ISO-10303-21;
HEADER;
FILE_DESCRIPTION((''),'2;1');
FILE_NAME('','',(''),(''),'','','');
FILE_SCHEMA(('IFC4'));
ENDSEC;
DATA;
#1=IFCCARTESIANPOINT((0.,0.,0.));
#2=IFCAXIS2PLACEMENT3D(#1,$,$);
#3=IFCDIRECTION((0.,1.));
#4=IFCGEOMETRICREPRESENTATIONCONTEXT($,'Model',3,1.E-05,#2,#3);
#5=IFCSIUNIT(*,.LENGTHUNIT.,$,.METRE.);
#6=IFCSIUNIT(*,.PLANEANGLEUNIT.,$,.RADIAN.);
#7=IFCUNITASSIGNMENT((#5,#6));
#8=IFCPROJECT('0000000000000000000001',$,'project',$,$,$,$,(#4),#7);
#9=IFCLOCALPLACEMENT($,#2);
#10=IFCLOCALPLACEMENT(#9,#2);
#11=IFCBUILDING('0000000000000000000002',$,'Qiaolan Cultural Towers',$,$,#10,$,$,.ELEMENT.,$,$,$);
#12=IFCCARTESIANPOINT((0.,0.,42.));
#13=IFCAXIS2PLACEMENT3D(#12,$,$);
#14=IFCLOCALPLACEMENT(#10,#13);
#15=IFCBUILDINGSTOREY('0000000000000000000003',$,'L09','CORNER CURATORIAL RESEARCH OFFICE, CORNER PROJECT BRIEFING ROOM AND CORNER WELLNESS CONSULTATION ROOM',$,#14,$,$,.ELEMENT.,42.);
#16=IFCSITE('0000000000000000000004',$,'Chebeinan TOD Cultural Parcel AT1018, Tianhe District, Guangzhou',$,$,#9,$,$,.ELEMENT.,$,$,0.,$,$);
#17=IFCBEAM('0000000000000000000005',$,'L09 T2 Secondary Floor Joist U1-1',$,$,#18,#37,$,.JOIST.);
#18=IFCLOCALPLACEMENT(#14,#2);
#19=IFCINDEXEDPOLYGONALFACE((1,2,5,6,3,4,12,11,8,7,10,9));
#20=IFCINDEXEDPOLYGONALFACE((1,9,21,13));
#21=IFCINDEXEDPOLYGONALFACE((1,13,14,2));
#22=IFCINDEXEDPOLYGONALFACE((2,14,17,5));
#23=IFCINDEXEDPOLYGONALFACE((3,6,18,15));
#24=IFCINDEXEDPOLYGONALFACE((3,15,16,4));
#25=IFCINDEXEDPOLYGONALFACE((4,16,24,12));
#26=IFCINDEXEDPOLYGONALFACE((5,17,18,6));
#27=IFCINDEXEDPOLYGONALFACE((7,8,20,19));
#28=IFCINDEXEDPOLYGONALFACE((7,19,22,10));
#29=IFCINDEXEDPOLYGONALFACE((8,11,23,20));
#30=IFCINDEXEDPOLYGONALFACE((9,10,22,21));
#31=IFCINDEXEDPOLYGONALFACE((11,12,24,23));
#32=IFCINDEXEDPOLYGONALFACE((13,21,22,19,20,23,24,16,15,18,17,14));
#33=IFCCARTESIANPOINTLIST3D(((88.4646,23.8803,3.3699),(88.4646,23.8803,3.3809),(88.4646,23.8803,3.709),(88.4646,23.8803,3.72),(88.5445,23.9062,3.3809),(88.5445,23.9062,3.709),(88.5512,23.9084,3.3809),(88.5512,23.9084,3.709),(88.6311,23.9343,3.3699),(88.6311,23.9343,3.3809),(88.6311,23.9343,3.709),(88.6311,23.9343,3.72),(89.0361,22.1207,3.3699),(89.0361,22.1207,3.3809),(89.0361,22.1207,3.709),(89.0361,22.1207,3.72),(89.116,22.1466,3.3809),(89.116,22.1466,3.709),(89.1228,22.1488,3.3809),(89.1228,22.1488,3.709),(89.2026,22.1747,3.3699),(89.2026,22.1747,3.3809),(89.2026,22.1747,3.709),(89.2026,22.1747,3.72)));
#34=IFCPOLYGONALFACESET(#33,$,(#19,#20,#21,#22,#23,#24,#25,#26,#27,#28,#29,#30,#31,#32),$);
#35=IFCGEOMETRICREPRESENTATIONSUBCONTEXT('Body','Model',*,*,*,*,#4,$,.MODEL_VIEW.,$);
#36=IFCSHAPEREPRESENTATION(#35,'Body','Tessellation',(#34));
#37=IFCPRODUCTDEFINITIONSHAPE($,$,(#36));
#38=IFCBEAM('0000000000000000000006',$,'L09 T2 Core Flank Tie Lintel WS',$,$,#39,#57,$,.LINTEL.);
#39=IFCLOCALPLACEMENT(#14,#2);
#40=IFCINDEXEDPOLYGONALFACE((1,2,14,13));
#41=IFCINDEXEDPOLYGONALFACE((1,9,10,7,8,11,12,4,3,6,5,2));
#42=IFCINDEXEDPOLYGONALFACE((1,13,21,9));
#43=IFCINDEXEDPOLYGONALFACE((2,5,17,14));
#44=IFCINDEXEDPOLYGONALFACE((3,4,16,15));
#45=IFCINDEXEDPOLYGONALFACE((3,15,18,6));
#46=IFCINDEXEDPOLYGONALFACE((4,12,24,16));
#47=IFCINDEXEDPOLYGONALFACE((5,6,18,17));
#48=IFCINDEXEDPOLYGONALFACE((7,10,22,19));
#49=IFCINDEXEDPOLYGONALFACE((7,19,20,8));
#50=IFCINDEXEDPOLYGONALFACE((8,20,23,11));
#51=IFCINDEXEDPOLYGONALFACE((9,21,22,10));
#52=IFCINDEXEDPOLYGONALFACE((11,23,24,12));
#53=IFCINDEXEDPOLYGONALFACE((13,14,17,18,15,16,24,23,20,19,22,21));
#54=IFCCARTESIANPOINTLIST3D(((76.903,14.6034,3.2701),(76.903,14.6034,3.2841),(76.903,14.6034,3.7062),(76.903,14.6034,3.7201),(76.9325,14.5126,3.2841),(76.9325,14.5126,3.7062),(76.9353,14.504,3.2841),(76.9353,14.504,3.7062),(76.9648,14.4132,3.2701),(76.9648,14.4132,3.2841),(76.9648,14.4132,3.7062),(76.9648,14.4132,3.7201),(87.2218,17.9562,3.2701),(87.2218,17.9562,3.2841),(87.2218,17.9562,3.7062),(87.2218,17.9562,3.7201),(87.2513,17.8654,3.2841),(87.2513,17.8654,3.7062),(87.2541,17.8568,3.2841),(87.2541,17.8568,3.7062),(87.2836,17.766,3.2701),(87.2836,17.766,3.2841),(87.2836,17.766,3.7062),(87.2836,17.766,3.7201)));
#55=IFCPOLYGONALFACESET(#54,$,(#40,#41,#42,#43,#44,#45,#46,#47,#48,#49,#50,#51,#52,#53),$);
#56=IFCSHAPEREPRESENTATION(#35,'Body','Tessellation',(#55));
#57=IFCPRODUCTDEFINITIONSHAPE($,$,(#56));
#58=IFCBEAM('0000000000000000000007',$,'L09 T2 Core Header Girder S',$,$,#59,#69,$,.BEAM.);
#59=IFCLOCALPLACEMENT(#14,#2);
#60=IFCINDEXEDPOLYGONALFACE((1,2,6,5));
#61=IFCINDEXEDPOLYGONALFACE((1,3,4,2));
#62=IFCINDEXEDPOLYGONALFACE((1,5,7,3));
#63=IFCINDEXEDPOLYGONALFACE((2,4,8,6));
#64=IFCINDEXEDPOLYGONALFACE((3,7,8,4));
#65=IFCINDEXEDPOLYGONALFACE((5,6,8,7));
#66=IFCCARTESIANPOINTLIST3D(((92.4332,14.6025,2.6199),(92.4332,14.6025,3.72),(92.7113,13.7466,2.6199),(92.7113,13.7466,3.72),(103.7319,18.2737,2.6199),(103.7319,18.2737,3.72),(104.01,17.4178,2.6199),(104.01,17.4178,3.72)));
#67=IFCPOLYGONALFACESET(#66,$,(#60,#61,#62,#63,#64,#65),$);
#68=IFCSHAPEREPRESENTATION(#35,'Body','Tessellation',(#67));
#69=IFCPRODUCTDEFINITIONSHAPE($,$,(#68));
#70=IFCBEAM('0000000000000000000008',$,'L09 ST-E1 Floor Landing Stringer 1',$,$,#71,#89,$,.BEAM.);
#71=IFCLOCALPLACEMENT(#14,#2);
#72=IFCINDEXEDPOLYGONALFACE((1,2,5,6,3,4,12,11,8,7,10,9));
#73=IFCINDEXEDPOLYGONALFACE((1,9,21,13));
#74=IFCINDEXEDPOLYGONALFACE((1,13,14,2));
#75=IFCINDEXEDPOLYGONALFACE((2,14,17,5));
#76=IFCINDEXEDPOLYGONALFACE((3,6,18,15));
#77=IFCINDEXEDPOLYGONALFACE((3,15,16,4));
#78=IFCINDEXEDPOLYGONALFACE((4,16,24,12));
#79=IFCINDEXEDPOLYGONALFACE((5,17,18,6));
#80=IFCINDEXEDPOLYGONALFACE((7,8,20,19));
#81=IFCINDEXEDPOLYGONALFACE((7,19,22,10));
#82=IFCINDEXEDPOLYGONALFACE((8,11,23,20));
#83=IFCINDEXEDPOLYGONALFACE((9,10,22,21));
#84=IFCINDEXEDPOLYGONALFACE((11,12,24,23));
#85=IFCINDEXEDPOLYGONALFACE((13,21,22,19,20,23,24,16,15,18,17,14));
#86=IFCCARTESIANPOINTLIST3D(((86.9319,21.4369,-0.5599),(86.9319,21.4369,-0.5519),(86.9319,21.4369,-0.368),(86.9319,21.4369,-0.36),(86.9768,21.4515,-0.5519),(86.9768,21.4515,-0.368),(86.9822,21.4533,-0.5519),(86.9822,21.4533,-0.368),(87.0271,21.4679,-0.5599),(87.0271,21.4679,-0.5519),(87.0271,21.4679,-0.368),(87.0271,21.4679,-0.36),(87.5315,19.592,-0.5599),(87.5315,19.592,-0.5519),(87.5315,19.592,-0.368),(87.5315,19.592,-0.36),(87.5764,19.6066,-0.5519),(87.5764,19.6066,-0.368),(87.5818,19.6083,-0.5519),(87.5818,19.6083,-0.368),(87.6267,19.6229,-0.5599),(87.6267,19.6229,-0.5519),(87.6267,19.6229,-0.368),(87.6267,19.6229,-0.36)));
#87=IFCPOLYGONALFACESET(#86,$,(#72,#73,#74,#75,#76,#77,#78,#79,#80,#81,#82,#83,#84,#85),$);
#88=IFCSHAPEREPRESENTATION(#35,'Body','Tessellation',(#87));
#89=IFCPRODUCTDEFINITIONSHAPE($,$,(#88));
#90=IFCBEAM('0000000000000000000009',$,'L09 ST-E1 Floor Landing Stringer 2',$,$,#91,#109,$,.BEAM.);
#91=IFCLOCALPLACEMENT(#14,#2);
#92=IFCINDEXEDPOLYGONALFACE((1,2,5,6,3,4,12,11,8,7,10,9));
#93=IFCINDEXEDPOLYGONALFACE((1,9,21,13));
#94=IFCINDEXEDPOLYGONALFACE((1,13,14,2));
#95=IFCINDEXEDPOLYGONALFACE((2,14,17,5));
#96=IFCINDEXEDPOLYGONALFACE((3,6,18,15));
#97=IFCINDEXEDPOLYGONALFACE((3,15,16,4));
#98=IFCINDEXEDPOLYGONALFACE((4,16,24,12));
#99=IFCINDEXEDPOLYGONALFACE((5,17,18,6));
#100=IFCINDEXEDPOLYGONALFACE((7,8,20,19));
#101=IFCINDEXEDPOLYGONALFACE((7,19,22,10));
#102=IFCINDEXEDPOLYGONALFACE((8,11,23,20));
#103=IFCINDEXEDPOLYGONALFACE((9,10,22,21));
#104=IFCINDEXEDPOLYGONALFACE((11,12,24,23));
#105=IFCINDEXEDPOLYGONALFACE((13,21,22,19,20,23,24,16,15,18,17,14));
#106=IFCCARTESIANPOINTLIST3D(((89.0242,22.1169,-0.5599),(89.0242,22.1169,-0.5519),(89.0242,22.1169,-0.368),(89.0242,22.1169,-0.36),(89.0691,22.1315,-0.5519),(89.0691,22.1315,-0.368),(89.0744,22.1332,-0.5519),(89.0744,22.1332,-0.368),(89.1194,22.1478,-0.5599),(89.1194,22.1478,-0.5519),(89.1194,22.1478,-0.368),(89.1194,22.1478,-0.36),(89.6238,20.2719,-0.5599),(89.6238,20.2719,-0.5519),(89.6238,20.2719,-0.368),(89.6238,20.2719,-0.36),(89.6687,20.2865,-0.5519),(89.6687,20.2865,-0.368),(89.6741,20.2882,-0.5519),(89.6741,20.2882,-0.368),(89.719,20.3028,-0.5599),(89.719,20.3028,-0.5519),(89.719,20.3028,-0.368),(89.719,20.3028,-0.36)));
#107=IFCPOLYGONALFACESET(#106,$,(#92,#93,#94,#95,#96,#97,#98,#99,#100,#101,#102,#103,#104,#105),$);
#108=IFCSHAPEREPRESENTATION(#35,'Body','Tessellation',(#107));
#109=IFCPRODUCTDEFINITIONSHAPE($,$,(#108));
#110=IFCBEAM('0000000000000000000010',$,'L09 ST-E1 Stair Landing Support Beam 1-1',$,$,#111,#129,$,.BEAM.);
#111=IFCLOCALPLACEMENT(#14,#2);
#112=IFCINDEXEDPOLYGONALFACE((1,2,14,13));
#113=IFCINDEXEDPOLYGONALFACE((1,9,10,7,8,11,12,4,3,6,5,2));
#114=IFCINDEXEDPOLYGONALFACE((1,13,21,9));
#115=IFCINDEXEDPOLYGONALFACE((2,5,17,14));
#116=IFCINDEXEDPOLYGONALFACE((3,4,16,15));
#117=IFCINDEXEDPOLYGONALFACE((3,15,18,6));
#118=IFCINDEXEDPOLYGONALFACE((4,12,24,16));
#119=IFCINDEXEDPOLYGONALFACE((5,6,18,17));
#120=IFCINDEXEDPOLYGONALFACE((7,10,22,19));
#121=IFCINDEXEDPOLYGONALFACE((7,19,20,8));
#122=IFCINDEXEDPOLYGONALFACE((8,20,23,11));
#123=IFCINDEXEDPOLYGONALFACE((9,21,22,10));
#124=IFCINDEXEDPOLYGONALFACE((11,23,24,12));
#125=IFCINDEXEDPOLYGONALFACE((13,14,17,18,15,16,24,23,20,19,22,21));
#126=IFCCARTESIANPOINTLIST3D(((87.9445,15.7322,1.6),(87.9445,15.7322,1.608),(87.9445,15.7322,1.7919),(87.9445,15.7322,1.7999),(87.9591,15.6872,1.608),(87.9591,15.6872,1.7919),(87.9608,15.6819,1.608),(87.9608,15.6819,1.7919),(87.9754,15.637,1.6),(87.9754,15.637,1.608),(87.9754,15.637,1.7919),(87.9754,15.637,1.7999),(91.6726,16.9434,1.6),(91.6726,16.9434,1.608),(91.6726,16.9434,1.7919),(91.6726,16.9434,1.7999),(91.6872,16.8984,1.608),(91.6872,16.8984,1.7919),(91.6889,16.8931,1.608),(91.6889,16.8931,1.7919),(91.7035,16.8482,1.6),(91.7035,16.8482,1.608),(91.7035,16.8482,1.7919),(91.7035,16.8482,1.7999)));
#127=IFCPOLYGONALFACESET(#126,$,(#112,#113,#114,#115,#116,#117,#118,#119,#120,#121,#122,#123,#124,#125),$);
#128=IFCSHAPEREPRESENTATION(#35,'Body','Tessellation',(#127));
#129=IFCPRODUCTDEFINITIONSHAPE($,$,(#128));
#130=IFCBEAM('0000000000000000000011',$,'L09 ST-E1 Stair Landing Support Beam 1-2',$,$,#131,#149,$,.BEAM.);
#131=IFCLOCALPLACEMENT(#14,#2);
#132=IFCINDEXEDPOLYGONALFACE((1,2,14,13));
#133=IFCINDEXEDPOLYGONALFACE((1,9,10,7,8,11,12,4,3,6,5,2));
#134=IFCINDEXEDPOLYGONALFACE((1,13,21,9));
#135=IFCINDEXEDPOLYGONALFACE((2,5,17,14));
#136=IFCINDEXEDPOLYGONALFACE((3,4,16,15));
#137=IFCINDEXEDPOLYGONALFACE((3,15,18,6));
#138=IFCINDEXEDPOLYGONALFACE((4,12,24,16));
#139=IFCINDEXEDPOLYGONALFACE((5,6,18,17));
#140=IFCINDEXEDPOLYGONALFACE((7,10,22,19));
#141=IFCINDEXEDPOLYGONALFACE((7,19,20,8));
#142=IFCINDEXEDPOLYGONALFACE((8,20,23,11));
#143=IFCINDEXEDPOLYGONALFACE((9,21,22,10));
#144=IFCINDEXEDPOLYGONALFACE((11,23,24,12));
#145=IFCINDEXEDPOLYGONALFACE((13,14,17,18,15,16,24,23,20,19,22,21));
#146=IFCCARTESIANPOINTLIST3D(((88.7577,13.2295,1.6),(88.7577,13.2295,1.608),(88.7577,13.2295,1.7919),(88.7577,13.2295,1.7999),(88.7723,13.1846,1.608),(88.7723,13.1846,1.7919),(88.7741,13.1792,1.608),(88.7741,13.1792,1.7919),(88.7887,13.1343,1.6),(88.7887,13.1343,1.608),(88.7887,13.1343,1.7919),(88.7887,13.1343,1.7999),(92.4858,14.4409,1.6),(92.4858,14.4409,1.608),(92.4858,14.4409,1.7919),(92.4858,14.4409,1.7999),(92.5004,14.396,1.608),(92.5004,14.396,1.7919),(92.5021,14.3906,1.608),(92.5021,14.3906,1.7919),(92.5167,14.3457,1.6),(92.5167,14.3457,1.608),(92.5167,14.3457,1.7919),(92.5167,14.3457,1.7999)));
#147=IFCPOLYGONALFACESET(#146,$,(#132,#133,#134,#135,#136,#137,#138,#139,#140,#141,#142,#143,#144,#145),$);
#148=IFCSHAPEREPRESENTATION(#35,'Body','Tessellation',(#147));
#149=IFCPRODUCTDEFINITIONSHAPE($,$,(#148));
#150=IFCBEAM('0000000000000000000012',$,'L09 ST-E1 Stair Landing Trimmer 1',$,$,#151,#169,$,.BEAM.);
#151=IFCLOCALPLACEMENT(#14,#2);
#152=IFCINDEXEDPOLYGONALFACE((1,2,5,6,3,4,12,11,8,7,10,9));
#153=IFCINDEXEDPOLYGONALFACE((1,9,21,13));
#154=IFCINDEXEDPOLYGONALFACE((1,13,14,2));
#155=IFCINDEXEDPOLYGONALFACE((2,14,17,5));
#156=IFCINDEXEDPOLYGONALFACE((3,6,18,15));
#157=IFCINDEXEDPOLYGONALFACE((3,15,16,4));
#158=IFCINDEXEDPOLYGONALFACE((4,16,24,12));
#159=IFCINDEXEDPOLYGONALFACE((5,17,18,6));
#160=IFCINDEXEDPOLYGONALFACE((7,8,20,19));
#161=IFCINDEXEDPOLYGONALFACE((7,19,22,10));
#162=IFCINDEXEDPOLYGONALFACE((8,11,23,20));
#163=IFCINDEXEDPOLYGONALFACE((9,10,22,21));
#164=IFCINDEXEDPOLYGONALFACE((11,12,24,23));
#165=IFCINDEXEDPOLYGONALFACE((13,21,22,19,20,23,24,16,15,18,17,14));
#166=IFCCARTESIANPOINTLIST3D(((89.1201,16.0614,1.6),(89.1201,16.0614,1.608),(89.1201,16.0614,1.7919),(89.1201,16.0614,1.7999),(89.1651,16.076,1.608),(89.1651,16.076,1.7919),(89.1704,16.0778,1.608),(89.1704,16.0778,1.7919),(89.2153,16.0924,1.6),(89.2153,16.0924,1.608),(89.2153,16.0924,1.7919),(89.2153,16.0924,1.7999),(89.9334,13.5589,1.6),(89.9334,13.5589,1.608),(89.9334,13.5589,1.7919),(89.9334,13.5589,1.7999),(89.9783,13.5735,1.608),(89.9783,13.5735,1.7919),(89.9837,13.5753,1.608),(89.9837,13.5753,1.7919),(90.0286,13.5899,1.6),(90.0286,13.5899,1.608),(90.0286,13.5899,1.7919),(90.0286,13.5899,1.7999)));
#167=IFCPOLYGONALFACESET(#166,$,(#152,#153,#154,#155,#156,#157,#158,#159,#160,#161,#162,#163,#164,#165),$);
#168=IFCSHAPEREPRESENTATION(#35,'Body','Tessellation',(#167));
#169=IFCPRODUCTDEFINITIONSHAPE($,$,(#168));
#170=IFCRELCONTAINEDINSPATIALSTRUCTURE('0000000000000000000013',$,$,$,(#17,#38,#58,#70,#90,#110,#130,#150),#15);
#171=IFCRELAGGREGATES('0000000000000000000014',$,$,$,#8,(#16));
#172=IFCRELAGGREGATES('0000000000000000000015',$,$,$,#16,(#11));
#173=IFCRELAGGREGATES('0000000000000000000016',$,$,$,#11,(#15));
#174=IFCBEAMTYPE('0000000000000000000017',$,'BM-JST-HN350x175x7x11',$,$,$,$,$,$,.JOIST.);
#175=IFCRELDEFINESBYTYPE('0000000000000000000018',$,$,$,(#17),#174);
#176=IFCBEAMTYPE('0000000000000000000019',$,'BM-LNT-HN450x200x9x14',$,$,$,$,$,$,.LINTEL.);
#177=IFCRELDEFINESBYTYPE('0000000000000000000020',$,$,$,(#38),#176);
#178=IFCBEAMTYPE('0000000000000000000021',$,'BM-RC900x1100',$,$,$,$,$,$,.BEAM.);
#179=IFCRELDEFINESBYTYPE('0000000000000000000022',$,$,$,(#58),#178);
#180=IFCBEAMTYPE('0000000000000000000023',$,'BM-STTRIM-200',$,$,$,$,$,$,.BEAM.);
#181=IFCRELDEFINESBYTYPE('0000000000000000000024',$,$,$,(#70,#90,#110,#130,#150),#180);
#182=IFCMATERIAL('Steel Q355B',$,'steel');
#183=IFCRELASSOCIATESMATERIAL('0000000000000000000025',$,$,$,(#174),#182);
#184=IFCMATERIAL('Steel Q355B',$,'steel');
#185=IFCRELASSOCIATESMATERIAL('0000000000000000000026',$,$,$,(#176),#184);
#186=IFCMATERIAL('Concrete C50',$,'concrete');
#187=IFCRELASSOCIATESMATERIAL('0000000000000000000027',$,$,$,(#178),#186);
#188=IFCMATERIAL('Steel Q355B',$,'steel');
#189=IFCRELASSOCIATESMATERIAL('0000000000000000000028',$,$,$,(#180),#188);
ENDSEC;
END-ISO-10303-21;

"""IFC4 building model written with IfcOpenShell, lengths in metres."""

from ifc_helpers import new_model, si_unit, direction, frame, origin, origin_2d, place, context, subcontext, project, spatial, rectangle, i_section, extrude, material, material_profile, profile_set, type_object, element, save


model = new_model("IFC4")

# Units and contexts
model_context = context("Model", 3, precision=1e-05, world=origin(), true_north=direction((0.0, 1.0)))
body_context = subcontext(model_context, "Body", "Model", "MODEL_VIEW")
ifc_project = project(units=[si_unit("LENGTHUNIT", "METRE"), si_unit("PLANEANGLEUNIT", "RADIAN")], contexts=[model_context])

# Site, building, storey
site_placement = place(None, origin())
site = spatial("IfcSite", under=ifc_project, at=site_placement, Name="Chebeinan TOD Cultural Parcel AT1018, Tianhe District, Guangzhou", CompositionType="ELEMENT", RefElevation=0.0)
building_placement = place(site_placement, origin())
building = spatial("IfcBuilding", under=site, at=building_placement, Name="Qiaolan Cultural Towers", CompositionType="ELEMENT")
storey_placement = place(building_placement, frame((0.0, 0.0, 42.0)))
storey = spatial("IfcBuildingStorey", under=building, at=storey_placement, Name="L09", Description="CORNER CURATORIAL RESEARCH OFFICE, CORNER PROJECT BRIEFING ROOM AND CORNER WELLNESS CONSULTATION ROOM", CompositionType="ELEMENT", Elevation=42.0)

# Beams
ifc_material_1 = material(Name="Steel Q355B", Category="steel")
ifc_material_profile_1 = material_profile(ifc_material_1, i_section(OverallWidth=0.175, OverallDepth=0.3501, WebThickness=0.0071, FlangeThickness=0.011, at=origin_2d()), Name="HN350x175x7x11")
ifc_profile_set_1 = profile_set([ifc_material_profile_1], Name="Steel Q355B")
beam_type_1 = type_object("IfcBeamType", Name="BM-JST-HN350x175x7x11", PredefinedType="JOIST", material=ifc_profile_set_1)
beam_1_placement = place(storey_placement, frame((89.1194, 22.1477, 3.5449), z_axis=(-0.308934, 0.951084, 0.0), x_axis=(-0.951084, -0.308934, 0.0)))
element("IfcBeam", 1, at=beam_1_placement, inside=storey, type_object=beam_type_1, Name="L09 T2 Secondary Floor Joist U1-1", PredefinedType="JOIST", context=body_context, shape_type="SweptSolid", body=[
    extrude(i_section(OverallWidth=0.175, OverallDepth=0.3501, WebThickness=0.0071, FlangeThickness=0.011, at=origin_2d()), origin(), (0.0, 0.0, 1.0), 1.8501),
])
ifc_material_2 = material(Name="Steel Q355B", Category="steel")
ifc_material_profile_2 = material_profile(ifc_material_2, i_section(OverallWidth=0.2, OverallDepth=0.45, WebThickness=0.009, FlangeThickness=0.0139, at=origin_2d()), Name="HN450x200x9x14")
ifc_profile_set_2 = profile_set([ifc_material_profile_2], Name="Steel Q355B")
beam_type_2 = type_object("IfcBeamType", Name="BM-LNT-HN450x200x9x14", PredefinedType="LINTEL", material=ifc_profile_set_2)
beam_2_placement = place(storey_placement, frame((87.2527, 17.8611, 3.4951), z_axis=(-0.951057, -0.309016, 0.0), x_axis=(0.309016, -0.951057, 0.0)))
element("IfcBeam", 2, at=beam_2_placement, inside=storey, type_object=beam_type_2, Name="L09 T2 Core Flank Tie Lintel WS", PredefinedType="LINTEL", context=body_context, shape_type="SweptSolid", body=[
    extrude(i_section(OverallWidth=0.2, OverallDepth=0.45, WebThickness=0.009, FlangeThickness=0.0139, at=origin_2d()), origin(), (0.0, 0.0, 1.0), 10.8499),
])
ifc_material_3 = material(Name="Concrete C50", Category="concrete")
ifc_material_profile_3 = material_profile(ifc_material_3, rectangle(XDim=0.8999, YDim=1.1001, at=origin_2d()), Name="RC900x1100")
ifc_profile_set_3 = profile_set([ifc_material_profile_3], Name="Concrete C50")
beam_type_3 = type_object("IfcBeamType", Name="BM-RC900x1100", PredefinedType="BEAM", material=ifc_profile_set_3)
beam_3_placement = place(storey_placement, frame((92.5723, 14.1746, 3.1699), z_axis=(0.951056, 0.309018, 0.0), x_axis=(-0.309018, 0.951056, 0.0)))
element("IfcBeam", 3, at=beam_3_placement, inside=storey, type_object=beam_type_3, Name="L09 T2 Core Header Girder S", PredefinedType="BEAM", context=body_context, shape_type="SweptSolid", body=[
    extrude(rectangle(XDim=0.8999, YDim=1.1001, at=origin_2d()), origin(), (0.0, 0.0, 1.0), 11.8801),
])
ifc_material_4 = material(Name="Steel Q355B", Category="steel")
ifc_material_profile_4 = material_profile(ifc_material_4, i_section(OverallWidth=0.1001, OverallDepth=0.2, WebThickness=0.0056, FlangeThickness=0.0081, at=origin_2d()), Name="HN200x100x5.5x8")
ifc_profile_set_4 = profile_set([ifc_material_profile_4], Name="Steel Q355B")
beam_type_4 = type_object("IfcBeamType", Name="BM-STTRIM-200", PredefinedType="BEAM", material=ifc_profile_set_4)
for number, where, z_axis, x_axis, name in (
    (4, (86.9795, 21.4524, -0.46), (0.309083, -0.951035, 0.0), (0.951035, 0.309083, 0.0), "L09 ST-E1 Floor Landing Stringer 1"),
    (5, (89.0718, 22.1323, -0.46), (0.309083, -0.951035, 0.0), (0.951035, 0.309083, 0.0), "L09 ST-E1 Floor Landing Stringer 2"),
):
    element("IfcBeam", number, at=place(storey_placement, frame(where, z_axis=z_axis, x_axis=x_axis)), inside=storey, type_object=beam_type_4, Name=name, PredefinedType="BEAM", context=body_context, shape_type="SweptSolid", body=[
        extrude(i_section(OverallWidth=0.1001, OverallDepth=0.2, WebThickness=0.0056, FlangeThickness=0.0081, at=origin_2d()), origin(), (0.0, 0.0, 1.0), 1.9399),
    ])
for number, where, z_axis, x_axis, name in (
    (6, (87.96, 15.6846, 1.7), (0.951066, 0.308987, 0.0), (-0.308987, 0.951066, 0.0), "L09 ST-E1 Stair Landing Support Beam 1-1"),
    (7, (88.7732, 13.1819, 1.7), (0.951048, 0.309044, 0.0), (-0.309044, 0.951048, 0.0), "L09 ST-E1 Stair Landing Support Beam 1-2"),
):
    element("IfcBeam", number, at=place(storey_placement, frame(where, z_axis=z_axis, x_axis=x_axis)), inside=storey, type_object=beam_type_4, Name=name, PredefinedType="BEAM", context=body_context, shape_type="SweptSolid", body=[
        extrude(i_section(OverallWidth=0.1001, OverallDepth=0.2, WebThickness=0.0056, FlangeThickness=0.0081, at=origin_2d()), origin(), (0.0, 0.0, 1.0), 3.9199),
    ])
beam_4_placement = place(storey_placement, frame((89.1677, 16.0769, 1.7), z_axis=(0.309065, -0.951041, 0.0), x_axis=(0.951041, 0.309065, 0.0)))
element("IfcBeam", 8, at=beam_4_placement, inside=storey, type_object=beam_type_4, Name="L09 ST-E1 Stair Landing Trimmer 1", PredefinedType="BEAM", context=body_context, shape_type="SweptSolid", body=[
    extrude(i_section(OverallWidth=0.1001, OverallDepth=0.2, WebThickness=0.0056, FlangeThickness=0.0081, at=origin_2d()), origin(), (0.0, 0.0, 1.0), 2.6313),
])

save(model, "model.ifc")
